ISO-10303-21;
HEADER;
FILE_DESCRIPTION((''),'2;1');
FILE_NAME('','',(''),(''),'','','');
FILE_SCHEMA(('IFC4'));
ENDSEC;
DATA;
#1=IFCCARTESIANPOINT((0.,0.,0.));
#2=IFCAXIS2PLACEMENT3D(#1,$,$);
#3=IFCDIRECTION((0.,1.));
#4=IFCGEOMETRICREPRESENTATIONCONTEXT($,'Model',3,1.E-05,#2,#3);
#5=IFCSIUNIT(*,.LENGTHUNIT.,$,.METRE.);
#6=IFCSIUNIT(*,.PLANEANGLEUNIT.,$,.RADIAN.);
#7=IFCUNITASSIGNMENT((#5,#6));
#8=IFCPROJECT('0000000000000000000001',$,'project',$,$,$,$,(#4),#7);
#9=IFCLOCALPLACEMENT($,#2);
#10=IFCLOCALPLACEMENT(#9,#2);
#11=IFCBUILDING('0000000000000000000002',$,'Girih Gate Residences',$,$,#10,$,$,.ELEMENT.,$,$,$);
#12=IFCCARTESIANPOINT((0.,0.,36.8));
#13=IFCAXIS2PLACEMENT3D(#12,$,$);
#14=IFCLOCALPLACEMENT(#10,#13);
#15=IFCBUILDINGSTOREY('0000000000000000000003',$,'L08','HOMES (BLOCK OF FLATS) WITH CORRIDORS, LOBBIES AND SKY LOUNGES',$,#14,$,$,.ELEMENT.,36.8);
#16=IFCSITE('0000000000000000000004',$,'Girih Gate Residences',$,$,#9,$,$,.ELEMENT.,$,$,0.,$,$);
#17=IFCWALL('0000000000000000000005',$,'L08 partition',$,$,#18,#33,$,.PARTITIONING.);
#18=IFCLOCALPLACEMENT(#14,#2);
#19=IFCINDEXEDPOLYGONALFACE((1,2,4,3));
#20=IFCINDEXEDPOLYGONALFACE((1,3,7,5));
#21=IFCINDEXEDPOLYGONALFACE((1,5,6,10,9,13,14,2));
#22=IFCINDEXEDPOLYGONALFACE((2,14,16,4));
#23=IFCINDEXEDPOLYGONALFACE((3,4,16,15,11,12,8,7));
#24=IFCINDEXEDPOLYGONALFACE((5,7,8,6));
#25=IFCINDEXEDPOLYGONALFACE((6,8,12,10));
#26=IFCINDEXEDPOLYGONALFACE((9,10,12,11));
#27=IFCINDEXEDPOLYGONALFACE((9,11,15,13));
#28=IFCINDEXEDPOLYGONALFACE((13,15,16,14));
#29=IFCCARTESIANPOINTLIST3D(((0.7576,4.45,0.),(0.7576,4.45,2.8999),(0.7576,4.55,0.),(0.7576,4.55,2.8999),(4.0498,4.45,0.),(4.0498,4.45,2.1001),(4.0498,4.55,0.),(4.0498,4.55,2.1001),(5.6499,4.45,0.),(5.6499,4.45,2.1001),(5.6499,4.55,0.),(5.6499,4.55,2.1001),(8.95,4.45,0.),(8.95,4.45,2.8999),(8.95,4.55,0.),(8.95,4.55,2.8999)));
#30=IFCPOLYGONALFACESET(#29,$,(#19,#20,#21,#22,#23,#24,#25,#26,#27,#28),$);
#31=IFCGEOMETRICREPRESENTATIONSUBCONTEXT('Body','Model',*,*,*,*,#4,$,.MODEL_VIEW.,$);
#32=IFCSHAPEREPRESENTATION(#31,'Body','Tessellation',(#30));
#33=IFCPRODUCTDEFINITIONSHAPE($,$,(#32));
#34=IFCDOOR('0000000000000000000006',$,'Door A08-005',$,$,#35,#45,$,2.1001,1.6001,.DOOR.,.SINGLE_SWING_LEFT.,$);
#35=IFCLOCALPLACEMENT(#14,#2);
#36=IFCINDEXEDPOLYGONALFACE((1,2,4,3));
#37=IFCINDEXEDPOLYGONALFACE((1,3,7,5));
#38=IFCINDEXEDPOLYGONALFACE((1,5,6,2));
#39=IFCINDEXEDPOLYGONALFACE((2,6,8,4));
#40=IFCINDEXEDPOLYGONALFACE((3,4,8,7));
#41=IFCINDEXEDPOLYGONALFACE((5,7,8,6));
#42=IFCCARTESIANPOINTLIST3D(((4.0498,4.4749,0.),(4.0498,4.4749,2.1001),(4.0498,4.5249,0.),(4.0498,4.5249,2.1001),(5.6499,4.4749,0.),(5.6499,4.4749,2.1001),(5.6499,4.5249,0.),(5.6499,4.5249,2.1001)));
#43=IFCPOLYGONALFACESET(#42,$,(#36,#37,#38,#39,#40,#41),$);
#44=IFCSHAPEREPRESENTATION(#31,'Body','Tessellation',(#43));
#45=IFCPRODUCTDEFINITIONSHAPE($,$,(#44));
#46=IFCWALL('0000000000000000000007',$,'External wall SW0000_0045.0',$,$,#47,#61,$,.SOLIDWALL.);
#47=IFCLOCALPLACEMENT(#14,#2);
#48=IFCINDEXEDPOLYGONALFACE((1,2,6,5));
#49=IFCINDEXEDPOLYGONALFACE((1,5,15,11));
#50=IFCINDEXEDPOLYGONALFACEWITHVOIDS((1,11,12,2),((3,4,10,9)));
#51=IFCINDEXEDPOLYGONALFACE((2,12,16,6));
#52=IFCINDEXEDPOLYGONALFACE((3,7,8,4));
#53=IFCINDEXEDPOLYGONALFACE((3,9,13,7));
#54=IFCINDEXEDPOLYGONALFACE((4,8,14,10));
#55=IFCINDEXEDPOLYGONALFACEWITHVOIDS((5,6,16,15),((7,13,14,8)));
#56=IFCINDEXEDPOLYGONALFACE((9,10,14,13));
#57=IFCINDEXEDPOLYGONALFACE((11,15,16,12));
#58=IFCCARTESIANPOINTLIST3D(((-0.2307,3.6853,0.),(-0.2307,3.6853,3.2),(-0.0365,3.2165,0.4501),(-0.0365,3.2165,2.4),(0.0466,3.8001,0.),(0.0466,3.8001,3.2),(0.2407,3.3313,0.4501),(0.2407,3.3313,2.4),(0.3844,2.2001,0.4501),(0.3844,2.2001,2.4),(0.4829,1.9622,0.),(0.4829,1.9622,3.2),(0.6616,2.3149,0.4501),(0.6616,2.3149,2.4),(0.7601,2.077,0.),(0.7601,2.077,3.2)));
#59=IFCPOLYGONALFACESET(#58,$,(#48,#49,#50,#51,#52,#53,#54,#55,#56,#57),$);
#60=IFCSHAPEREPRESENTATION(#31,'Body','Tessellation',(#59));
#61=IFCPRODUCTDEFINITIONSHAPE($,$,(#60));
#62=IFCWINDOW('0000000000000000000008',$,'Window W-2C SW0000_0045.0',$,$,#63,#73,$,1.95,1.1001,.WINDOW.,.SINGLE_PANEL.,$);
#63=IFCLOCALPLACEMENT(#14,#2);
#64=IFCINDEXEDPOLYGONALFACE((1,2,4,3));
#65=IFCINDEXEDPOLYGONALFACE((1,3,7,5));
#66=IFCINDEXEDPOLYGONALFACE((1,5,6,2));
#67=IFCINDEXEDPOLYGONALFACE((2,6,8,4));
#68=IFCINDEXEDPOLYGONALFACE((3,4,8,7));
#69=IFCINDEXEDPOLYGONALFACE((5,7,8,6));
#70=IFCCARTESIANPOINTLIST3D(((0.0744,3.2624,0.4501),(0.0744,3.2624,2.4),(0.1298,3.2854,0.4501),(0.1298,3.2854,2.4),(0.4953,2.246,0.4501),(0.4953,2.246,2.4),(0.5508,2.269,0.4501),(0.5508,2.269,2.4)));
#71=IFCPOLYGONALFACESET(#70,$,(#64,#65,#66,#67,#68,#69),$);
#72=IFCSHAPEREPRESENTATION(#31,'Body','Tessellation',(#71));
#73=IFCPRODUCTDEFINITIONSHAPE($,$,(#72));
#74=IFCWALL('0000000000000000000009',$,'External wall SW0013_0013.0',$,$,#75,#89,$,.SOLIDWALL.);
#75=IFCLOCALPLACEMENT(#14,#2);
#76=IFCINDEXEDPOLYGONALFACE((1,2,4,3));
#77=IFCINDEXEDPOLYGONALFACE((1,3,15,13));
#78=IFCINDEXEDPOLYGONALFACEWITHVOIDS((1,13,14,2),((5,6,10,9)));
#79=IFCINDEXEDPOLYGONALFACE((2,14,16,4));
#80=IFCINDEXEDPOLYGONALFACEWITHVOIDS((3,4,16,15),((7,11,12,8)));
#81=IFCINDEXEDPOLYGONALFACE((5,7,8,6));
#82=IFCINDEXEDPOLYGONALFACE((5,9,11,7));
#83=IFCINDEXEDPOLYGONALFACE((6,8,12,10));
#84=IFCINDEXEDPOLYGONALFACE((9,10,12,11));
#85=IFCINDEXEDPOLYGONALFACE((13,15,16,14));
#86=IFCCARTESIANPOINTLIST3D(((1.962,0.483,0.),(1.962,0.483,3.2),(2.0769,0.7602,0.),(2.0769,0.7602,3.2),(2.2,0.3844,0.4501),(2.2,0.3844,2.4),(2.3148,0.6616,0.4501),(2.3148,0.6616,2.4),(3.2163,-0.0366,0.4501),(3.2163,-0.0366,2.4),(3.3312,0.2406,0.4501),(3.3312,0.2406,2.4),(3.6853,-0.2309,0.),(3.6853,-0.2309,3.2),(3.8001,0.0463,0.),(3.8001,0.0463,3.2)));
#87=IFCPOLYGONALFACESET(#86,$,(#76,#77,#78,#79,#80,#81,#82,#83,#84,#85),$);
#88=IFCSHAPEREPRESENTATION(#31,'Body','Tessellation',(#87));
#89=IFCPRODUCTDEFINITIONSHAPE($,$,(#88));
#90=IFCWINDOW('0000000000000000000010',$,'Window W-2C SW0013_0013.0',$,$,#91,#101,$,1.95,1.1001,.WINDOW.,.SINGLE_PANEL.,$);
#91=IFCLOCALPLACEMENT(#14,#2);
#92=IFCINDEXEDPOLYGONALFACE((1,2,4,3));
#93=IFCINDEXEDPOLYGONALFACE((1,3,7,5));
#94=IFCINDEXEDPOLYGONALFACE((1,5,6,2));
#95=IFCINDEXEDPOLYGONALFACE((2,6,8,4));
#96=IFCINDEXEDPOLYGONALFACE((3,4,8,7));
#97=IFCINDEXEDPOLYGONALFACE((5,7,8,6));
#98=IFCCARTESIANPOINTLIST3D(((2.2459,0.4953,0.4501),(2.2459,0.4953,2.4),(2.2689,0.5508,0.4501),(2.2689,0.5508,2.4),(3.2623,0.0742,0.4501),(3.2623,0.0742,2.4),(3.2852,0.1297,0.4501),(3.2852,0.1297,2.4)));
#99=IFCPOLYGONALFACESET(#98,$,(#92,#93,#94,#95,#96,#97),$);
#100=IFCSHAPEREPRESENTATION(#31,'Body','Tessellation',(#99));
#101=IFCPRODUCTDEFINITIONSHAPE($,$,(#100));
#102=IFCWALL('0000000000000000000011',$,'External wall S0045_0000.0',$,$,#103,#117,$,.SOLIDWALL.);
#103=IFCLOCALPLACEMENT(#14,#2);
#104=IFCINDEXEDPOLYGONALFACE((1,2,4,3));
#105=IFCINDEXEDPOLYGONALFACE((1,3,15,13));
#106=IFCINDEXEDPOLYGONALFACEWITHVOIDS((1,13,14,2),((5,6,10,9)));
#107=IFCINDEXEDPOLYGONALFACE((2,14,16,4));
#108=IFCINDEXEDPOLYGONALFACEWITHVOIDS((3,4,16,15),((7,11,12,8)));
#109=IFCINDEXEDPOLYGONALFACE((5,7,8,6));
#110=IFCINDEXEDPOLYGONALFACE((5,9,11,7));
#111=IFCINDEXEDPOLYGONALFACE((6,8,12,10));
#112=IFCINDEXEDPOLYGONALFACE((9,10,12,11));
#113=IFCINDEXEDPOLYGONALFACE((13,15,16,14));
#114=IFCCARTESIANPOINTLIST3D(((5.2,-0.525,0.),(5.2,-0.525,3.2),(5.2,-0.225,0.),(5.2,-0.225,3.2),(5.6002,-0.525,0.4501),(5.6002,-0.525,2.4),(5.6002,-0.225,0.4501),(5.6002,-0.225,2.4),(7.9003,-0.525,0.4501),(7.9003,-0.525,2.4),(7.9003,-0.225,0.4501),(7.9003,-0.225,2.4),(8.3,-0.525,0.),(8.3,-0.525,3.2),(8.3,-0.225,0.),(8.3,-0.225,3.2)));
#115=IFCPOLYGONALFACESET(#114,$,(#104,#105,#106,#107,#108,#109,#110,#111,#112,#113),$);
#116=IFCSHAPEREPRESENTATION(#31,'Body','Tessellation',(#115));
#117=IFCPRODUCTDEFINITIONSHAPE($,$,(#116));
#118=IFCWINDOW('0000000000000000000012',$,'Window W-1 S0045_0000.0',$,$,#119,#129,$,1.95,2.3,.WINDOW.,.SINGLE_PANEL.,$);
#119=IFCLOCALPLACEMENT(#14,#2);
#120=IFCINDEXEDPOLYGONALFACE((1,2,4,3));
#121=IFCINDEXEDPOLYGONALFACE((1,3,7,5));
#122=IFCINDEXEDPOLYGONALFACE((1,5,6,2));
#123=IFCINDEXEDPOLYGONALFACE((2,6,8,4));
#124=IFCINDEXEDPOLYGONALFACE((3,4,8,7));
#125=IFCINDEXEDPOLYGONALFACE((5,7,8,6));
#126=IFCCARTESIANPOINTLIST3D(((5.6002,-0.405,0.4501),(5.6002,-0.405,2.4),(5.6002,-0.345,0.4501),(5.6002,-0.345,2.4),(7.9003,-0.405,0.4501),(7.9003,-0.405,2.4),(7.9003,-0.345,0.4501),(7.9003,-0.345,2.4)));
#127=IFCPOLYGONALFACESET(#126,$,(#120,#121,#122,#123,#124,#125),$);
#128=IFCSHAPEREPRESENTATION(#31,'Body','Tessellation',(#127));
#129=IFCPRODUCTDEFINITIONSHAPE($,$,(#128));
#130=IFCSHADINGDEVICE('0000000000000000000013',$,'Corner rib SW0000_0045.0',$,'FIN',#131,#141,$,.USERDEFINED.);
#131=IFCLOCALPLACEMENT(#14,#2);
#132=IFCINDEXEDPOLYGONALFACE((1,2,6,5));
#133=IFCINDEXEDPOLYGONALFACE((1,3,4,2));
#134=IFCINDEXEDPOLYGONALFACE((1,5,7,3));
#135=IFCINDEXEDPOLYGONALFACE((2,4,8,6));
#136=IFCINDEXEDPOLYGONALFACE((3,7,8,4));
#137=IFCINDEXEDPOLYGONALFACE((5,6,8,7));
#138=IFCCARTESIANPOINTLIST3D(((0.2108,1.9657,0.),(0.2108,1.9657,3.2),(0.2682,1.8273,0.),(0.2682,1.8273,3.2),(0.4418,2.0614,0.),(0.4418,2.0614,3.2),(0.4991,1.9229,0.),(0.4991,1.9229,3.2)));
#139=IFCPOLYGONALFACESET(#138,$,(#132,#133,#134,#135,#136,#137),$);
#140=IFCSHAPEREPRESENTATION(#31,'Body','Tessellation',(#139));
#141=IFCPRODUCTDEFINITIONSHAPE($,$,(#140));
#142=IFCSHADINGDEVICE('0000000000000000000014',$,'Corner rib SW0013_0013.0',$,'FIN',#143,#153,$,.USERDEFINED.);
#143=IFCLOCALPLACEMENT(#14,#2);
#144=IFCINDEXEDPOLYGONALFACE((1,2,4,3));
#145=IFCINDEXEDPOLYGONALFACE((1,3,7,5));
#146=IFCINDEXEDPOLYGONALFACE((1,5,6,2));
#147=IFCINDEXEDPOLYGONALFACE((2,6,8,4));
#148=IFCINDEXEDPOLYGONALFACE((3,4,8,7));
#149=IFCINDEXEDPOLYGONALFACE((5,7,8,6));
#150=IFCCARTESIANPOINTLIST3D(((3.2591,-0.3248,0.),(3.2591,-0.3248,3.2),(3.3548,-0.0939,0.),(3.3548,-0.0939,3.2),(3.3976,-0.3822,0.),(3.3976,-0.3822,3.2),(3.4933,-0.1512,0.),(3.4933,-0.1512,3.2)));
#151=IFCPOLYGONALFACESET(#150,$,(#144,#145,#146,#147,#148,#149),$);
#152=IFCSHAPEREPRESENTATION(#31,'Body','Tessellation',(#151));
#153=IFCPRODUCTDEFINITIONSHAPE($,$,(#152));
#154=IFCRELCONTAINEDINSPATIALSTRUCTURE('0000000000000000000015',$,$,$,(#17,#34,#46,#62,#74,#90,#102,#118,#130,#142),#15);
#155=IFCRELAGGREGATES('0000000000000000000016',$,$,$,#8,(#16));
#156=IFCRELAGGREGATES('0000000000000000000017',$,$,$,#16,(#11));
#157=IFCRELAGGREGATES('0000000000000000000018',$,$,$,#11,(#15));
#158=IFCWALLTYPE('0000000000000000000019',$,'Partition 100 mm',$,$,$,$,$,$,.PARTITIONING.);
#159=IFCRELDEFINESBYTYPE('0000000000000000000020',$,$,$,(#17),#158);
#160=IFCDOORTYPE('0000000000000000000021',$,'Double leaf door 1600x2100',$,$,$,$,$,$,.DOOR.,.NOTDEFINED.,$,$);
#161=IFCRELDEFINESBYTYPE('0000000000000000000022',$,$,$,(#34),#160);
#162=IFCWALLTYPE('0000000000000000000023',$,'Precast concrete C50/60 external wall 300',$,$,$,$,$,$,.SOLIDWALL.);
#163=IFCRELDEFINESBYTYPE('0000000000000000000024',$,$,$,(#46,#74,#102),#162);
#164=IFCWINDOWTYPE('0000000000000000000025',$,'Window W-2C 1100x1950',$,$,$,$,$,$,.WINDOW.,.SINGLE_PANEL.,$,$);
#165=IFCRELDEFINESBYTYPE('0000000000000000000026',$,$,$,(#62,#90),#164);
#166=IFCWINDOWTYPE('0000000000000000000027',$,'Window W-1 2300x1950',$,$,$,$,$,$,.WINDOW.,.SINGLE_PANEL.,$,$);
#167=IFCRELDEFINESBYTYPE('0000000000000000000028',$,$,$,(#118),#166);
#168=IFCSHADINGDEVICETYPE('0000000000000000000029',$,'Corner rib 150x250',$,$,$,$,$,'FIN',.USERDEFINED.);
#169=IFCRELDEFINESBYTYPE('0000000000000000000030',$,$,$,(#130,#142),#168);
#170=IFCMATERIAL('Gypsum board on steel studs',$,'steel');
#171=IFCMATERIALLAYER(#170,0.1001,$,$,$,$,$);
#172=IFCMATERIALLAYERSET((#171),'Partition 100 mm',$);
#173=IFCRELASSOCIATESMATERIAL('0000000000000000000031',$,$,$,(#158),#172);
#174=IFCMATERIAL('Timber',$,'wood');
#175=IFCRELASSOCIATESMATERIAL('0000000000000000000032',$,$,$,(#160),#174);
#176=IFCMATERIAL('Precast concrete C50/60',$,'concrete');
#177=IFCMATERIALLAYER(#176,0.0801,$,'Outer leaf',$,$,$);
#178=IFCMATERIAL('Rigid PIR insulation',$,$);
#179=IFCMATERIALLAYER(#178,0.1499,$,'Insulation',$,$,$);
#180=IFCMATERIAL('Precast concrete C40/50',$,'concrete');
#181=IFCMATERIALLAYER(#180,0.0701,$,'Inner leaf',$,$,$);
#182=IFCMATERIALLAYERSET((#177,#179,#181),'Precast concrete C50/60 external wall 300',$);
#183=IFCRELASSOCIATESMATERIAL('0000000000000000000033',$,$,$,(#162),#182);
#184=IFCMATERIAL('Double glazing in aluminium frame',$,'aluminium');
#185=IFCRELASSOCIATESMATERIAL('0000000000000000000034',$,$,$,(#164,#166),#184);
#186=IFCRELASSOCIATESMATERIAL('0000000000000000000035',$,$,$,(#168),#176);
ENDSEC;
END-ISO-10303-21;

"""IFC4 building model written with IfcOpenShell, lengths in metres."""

from ifc_helpers import new_model, si_unit, direction, frame, frame_2d, origin, origin_2d, place, context, subcontext, project, spatial, rectangle, extrude, material, layer, layer_set, type_object, element, fill, save


model = new_model("IFC4")

# Units and contexts
model_context = context("Model", 3, precision=1e-05, world=origin(), true_north=direction((0.0, 1.0)))
body_context = subcontext(model_context, "Body", "Model", "MODEL_VIEW")
ifc_project = project(units=[si_unit("LENGTHUNIT", "METRE"), si_unit("PLANEANGLEUNIT", "RADIAN")], contexts=[model_context])

# Site, building, storey
site_placement = place(None, origin())
site = spatial("IfcSite", under=ifc_project, at=site_placement, Name="Girih Gate Residences", CompositionType="ELEMENT", RefElevation=0.0)
building_placement = place(site_placement, origin())
building = spatial("IfcBuilding", under=site, at=building_placement, Name="Girih Gate Residences", CompositionType="ELEMENT")
storey_placement = place(building_placement, frame((0.0, 0.0, 36.8)))
storey = spatial("IfcBuildingStorey", under=building, at=storey_placement, Name="L08", Description="HOMES (BLOCK OF FLATS) WITH CORRIDORS, LOBBIES AND SKY LOUNGES", CompositionType="ELEMENT", Elevation=36.8)

# Wall, opening, door
ifc_material_1 = material(Name="Gypsum board on steel studs", Category="steel")
ifc_layer_1 = layer(ifc_material_1, 0.1001)
ifc_layer_set_1 = layer_set([ifc_layer_1], Name="Partition 100 mm")
wall_type_1 = type_object("IfcWallType", Name="Partition 100 mm", PredefinedType="PARTITIONING", material=ifc_layer_set_1)
wall_1_placement = place(storey_placement, frame((0.7576, 4.5, 0.0), z_axis=(0.0, 0.0, 1.0), x_axis=(1.0, 0.0, 0.0)))
wall_1 = element("IfcWall", 1, at=wall_1_placement, inside=storey, type_object=wall_type_1, Name="L08 partition", PredefinedType="PARTITIONING", context=body_context, shape_type="SweptSolid", body=[
    extrude(rectangle(XDim=8.1924, YDim=0.1001, at=frame_2d((4.0962, 0.0))), origin(), (0.0, 0.0, 1.0), 2.8999),
])
opening_1_placement = place(wall_1_placement, frame((3.2922, 0.0, 0.0)))
opening_1 = element("IfcOpeningElement", 2, at=opening_1_placement, cuts=wall_1, PredefinedType="OPENING", context=body_context, shape_type="SweptSolid", body=[
    extrude(rectangle(XDim=1.6001, YDim=2.1001, at=frame_2d((0.8, 1.05))), frame((0.0, 0.0601, 0.0), z_axis=(0.0, -1.0, 0.0), x_axis=(1.0, 0.0, 0.0)), (0.0, 0.0, 1.0), 0.1201),
])
ifc_material_2 = material(Name="Timber", Category="wood")
door_type = type_object("IfcDoorType", Name="Double leaf door 1600x2100", OperationType="NOTDEFINED", PredefinedType="DOOR", material=ifc_material_2)
door_placement = place(opening_1_placement, origin())
door = element("IfcDoor", 3, at=door_placement, inside=storey, type_object=door_type, Name="Door A08-005", OperationType="SINGLE_SWING_LEFT", OverallHeight=2.1001, OverallWidth=1.6001, PredefinedType="DOOR", context=body_context, shape_type="SweptSolid", body=[
    extrude(rectangle(XDim=1.6001, YDim=2.1001, at=frame_2d((0.8, 1.05))), frame((0.0, 0.0249, 0.0), z_axis=(0.0, -1.0, 0.0), x_axis=(1.0, 0.0, 0.0)), (0.0, 0.0, 1.0), 0.05),
])
fill(opening_1, door)

# Walls, openings, windows
ifc_material_3 = material(Name="Precast concrete C50/60", Category="concrete")
ifc_layer_2 = layer(ifc_material_3, 0.0801, Name="Outer leaf")
ifc_material_4 = material(Name="Rigid PIR insulation")
ifc_layer_3 = layer(ifc_material_4, 0.1499, Name="Insulation")
ifc_material_5 = material(Name="Precast concrete C40/50", Category="concrete")
ifc_layer_4 = layer(ifc_material_5, 0.0701, Name="Inner leaf")
ifc_layer_set_2 = layer_set([ifc_layer_2, ifc_layer_3, ifc_layer_4], Name="Precast concrete C50/60 external wall 300")
wall_type_2 = type_object("IfcWallType", Name="Precast concrete C50/60 external wall 300", PredefinedType="SOLIDWALL", material=ifc_layer_set_2)
wall_2_placement = place(storey_placement, frame((0.6216, 2.0195, 0.0), z_axis=(0.0, 0.0, 1.0), x_axis=(-0.382625, 0.923904, 0.0)))
wall_2 = element("IfcWall", 4, at=wall_2_placement, inside=storey, type_object=wall_type_2, Name="External wall SW0000_0045.0", PredefinedType="SOLIDWALL", context=body_context, shape_type="SweptSolid", body=[
    extrude(rectangle(XDim=1.865, YDim=0.3, at=frame_2d((0.9326, 0.0))), origin(), (0.0, 0.0, 1.0), 3.2),
])
opening_2_placement = place(wall_2_placement, frame((0.2576, 0.0, 0.45)))
opening_2 = element("IfcOpeningElement", 5, at=opening_2_placement, cuts=wall_2, PredefinedType="OPENING", context=body_context, shape_type="SweptSolid", body=[
    extrude(rectangle(XDim=1.1001, YDim=1.95, at=frame_2d((0.55, 0.9751))), frame((0.0, 0.1599, 0.0), z_axis=(0.0, -1.0, 0.0), x_axis=(1.0, 0.0, 0.0)), (0.0, 0.0, 1.0), 0.3201),
])
ifc_material_6 = material(Name="Double glazing in aluminium frame", Category="aluminium")
window_type_1 = type_object("IfcWindowType", Name="Window W-2C 1100x1950", PartitioningType="SINGLE_PANEL", PredefinedType="WINDOW", material=ifc_material_6)
window_1_placement = place(opening_2_placement, origin())
window_1 = element("IfcWindow", 6, at=window_1_placement, inside=storey, type_object=window_type_1, Name="Window W-2C SW0000_0045.0", OverallHeight=1.95, OverallWidth=1.1001, PartitioningType="SINGLE_PANEL", PredefinedType="WINDOW", context=body_context, shape_type="SweptSolid", body=[
    extrude(rectangle(XDim=1.1001, YDim=1.95, at=frame_2d((0.55, 0.9751))), frame((0.0, 0.03, 0.0), z_axis=(0.0, -1.0, 0.0), x_axis=(1.0, 0.0, 0.0)), (0.0, 0.0, 1.0), 0.0601),
])
fill(opening_2, window_1)
wall_3_placement = place(storey_placement, frame((3.7427, -0.0923, 0.0), z_axis=(0.0, 0.0, 1.0), x_axis=(-0.923857, 0.382737, 0.0)))
wall_3 = element("IfcWall", 7, at=wall_3_placement, inside=storey, type_object=wall_type_2, Name="External wall SW0013_0013.0", PredefinedType="SOLIDWALL", context=body_context, shape_type="SweptSolid", body=[
    extrude(rectangle(XDim=1.8652, YDim=0.3, at=frame_2d((0.9326, 0.0))), origin(), (0.0, 0.0, 1.0), 3.2),
])
opening_3_placement = place(wall_3_placement, frame((0.5076, 0.0, 0.45)))
opening_3 = element("IfcOpeningElement", 8, at=opening_3_placement, cuts=wall_3, PredefinedType="OPENING", context=body_context, shape_type="SweptSolid", body=[
    extrude(rectangle(XDim=1.1001, YDim=1.95, at=frame_2d((0.55, 0.9751))), frame((0.0, 0.1599, 0.0), z_axis=(0.0, -1.0, 0.0), x_axis=(1.0, 0.0, 0.0)), (0.0, 0.0, 1.0), 0.3201),
])
window_2_placement = place(opening_3_placement, origin())
window_2 = element("IfcWindow", 9, at=window_2_placement, inside=storey, type_object=window_type_1, Name="Window W-2C SW0013_0013.0", OverallHeight=1.95, OverallWidth=1.1001, PartitioningType="SINGLE_PANEL", PredefinedType="WINDOW", context=body_context, shape_type="SweptSolid", body=[
    extrude(rectangle(XDim=1.1001, YDim=1.95, at=frame_2d((0.55, 0.9751))), frame((0.0, 0.03, 0.0), z_axis=(0.0, -1.0, 0.0), x_axis=(1.0, 0.0, 0.0)), (0.0, 0.0, 1.0), 0.0601),
])
fill(opening_3, window_2)
wall_4_placement = place(storey_placement, frame((8.3, -0.375, 0.0), z_axis=(0.0, 0.0, 1.0), x_axis=(-1.0, 0.0, 0.0)))
wall_4 = element("IfcWall", 10, at=wall_4_placement, inside=storey, type_object=wall_type_2, Name="External wall S0045_0000.0", PredefinedType="SOLIDWALL", context=body_context, shape_type="SweptSolid", body=[
    extrude(rectangle(XDim=3.1001, YDim=0.3, at=frame_2d((1.55, 0.0))), origin(), (0.0, 0.0, 1.0), 3.2),
])
opening_4_placement = place(wall_4_placement, frame((0.3999, 0.0, 0.45)))
opening_4 = element("IfcOpeningElement", 11, at=opening_4_placement, cuts=wall_4, PredefinedType="OPENING", context=body_context, shape_type="SweptSolid", body=[
    extrude(rectangle(XDim=2.3, YDim=1.95, at=frame_2d((1.1499, 0.9751))), frame((0.0, 0.1599, 0.0), z_axis=(0.0, -1.0, 0.0), x_axis=(1.0, 0.0, 0.0)), (0.0, 0.0, 1.0), 0.3201),
])
window_type_2 = type_object("IfcWindowType", Name="Window W-1 2300x1950", PartitioningType="SINGLE_PANEL", PredefinedType="WINDOW", material=ifc_material_6)
window_3_placement = place(opening_4_placement, origin())
window_3 = element("IfcWindow", 12, at=window_3_placement, inside=storey, type_object=window_type_2, Name="Window W-1 S0045_0000.0", OverallHeight=1.95, OverallWidth=2.3, PartitioningType="SINGLE_PANEL", PredefinedType="WINDOW", context=body_context, shape_type="SweptSolid", body=[
    extrude(rectangle(XDim=2.3, YDim=1.95, at=frame_2d((1.1499, 0.9751))), frame((0.0, 0.03, 0.0), z_axis=(0.0, -1.0, 0.0), x_axis=(1.0, 0.0, 0.0)), (0.0, 0.0, 1.0), 0.0601),
])
fill(opening_4, window_3)

# Shading devices
shading_device_type = type_object("IfcShadingDeviceType", Name="Corner rib 150x250", ElementType="FIN", PredefinedType="USERDEFINED", material=ifc_material_3)
for number, where, z_axis, x_axis, name in (
    (13, (0.355, 1.9443, 0.0), (0.0, 0.0, 1.0), (0.382683, -0.92388, 0.0), "Corner rib SW0000_0045.0"),
    (14, (3.3762, -0.238, 0.0), (0.0, 0.0, 1.0), (0.92388, -0.382683, 0.0), "Corner rib SW0013_0013.0"),
):
    element("IfcShadingDevice", number, at=place(storey_placement, frame(where, z_axis=z_axis, x_axis=x_axis)), inside=storey, type_object=shading_device_type, Name=name, ObjectType="FIN", PredefinedType="USERDEFINED", context=body_context, shape_type="SweptSolid", body=[
        extrude(rectangle(XDim=0.1499, YDim=0.25, at=origin_2d()), origin(), (0.0, 0.0, 1.0), 3.2),
    ])

save(model, "model.ifc")
